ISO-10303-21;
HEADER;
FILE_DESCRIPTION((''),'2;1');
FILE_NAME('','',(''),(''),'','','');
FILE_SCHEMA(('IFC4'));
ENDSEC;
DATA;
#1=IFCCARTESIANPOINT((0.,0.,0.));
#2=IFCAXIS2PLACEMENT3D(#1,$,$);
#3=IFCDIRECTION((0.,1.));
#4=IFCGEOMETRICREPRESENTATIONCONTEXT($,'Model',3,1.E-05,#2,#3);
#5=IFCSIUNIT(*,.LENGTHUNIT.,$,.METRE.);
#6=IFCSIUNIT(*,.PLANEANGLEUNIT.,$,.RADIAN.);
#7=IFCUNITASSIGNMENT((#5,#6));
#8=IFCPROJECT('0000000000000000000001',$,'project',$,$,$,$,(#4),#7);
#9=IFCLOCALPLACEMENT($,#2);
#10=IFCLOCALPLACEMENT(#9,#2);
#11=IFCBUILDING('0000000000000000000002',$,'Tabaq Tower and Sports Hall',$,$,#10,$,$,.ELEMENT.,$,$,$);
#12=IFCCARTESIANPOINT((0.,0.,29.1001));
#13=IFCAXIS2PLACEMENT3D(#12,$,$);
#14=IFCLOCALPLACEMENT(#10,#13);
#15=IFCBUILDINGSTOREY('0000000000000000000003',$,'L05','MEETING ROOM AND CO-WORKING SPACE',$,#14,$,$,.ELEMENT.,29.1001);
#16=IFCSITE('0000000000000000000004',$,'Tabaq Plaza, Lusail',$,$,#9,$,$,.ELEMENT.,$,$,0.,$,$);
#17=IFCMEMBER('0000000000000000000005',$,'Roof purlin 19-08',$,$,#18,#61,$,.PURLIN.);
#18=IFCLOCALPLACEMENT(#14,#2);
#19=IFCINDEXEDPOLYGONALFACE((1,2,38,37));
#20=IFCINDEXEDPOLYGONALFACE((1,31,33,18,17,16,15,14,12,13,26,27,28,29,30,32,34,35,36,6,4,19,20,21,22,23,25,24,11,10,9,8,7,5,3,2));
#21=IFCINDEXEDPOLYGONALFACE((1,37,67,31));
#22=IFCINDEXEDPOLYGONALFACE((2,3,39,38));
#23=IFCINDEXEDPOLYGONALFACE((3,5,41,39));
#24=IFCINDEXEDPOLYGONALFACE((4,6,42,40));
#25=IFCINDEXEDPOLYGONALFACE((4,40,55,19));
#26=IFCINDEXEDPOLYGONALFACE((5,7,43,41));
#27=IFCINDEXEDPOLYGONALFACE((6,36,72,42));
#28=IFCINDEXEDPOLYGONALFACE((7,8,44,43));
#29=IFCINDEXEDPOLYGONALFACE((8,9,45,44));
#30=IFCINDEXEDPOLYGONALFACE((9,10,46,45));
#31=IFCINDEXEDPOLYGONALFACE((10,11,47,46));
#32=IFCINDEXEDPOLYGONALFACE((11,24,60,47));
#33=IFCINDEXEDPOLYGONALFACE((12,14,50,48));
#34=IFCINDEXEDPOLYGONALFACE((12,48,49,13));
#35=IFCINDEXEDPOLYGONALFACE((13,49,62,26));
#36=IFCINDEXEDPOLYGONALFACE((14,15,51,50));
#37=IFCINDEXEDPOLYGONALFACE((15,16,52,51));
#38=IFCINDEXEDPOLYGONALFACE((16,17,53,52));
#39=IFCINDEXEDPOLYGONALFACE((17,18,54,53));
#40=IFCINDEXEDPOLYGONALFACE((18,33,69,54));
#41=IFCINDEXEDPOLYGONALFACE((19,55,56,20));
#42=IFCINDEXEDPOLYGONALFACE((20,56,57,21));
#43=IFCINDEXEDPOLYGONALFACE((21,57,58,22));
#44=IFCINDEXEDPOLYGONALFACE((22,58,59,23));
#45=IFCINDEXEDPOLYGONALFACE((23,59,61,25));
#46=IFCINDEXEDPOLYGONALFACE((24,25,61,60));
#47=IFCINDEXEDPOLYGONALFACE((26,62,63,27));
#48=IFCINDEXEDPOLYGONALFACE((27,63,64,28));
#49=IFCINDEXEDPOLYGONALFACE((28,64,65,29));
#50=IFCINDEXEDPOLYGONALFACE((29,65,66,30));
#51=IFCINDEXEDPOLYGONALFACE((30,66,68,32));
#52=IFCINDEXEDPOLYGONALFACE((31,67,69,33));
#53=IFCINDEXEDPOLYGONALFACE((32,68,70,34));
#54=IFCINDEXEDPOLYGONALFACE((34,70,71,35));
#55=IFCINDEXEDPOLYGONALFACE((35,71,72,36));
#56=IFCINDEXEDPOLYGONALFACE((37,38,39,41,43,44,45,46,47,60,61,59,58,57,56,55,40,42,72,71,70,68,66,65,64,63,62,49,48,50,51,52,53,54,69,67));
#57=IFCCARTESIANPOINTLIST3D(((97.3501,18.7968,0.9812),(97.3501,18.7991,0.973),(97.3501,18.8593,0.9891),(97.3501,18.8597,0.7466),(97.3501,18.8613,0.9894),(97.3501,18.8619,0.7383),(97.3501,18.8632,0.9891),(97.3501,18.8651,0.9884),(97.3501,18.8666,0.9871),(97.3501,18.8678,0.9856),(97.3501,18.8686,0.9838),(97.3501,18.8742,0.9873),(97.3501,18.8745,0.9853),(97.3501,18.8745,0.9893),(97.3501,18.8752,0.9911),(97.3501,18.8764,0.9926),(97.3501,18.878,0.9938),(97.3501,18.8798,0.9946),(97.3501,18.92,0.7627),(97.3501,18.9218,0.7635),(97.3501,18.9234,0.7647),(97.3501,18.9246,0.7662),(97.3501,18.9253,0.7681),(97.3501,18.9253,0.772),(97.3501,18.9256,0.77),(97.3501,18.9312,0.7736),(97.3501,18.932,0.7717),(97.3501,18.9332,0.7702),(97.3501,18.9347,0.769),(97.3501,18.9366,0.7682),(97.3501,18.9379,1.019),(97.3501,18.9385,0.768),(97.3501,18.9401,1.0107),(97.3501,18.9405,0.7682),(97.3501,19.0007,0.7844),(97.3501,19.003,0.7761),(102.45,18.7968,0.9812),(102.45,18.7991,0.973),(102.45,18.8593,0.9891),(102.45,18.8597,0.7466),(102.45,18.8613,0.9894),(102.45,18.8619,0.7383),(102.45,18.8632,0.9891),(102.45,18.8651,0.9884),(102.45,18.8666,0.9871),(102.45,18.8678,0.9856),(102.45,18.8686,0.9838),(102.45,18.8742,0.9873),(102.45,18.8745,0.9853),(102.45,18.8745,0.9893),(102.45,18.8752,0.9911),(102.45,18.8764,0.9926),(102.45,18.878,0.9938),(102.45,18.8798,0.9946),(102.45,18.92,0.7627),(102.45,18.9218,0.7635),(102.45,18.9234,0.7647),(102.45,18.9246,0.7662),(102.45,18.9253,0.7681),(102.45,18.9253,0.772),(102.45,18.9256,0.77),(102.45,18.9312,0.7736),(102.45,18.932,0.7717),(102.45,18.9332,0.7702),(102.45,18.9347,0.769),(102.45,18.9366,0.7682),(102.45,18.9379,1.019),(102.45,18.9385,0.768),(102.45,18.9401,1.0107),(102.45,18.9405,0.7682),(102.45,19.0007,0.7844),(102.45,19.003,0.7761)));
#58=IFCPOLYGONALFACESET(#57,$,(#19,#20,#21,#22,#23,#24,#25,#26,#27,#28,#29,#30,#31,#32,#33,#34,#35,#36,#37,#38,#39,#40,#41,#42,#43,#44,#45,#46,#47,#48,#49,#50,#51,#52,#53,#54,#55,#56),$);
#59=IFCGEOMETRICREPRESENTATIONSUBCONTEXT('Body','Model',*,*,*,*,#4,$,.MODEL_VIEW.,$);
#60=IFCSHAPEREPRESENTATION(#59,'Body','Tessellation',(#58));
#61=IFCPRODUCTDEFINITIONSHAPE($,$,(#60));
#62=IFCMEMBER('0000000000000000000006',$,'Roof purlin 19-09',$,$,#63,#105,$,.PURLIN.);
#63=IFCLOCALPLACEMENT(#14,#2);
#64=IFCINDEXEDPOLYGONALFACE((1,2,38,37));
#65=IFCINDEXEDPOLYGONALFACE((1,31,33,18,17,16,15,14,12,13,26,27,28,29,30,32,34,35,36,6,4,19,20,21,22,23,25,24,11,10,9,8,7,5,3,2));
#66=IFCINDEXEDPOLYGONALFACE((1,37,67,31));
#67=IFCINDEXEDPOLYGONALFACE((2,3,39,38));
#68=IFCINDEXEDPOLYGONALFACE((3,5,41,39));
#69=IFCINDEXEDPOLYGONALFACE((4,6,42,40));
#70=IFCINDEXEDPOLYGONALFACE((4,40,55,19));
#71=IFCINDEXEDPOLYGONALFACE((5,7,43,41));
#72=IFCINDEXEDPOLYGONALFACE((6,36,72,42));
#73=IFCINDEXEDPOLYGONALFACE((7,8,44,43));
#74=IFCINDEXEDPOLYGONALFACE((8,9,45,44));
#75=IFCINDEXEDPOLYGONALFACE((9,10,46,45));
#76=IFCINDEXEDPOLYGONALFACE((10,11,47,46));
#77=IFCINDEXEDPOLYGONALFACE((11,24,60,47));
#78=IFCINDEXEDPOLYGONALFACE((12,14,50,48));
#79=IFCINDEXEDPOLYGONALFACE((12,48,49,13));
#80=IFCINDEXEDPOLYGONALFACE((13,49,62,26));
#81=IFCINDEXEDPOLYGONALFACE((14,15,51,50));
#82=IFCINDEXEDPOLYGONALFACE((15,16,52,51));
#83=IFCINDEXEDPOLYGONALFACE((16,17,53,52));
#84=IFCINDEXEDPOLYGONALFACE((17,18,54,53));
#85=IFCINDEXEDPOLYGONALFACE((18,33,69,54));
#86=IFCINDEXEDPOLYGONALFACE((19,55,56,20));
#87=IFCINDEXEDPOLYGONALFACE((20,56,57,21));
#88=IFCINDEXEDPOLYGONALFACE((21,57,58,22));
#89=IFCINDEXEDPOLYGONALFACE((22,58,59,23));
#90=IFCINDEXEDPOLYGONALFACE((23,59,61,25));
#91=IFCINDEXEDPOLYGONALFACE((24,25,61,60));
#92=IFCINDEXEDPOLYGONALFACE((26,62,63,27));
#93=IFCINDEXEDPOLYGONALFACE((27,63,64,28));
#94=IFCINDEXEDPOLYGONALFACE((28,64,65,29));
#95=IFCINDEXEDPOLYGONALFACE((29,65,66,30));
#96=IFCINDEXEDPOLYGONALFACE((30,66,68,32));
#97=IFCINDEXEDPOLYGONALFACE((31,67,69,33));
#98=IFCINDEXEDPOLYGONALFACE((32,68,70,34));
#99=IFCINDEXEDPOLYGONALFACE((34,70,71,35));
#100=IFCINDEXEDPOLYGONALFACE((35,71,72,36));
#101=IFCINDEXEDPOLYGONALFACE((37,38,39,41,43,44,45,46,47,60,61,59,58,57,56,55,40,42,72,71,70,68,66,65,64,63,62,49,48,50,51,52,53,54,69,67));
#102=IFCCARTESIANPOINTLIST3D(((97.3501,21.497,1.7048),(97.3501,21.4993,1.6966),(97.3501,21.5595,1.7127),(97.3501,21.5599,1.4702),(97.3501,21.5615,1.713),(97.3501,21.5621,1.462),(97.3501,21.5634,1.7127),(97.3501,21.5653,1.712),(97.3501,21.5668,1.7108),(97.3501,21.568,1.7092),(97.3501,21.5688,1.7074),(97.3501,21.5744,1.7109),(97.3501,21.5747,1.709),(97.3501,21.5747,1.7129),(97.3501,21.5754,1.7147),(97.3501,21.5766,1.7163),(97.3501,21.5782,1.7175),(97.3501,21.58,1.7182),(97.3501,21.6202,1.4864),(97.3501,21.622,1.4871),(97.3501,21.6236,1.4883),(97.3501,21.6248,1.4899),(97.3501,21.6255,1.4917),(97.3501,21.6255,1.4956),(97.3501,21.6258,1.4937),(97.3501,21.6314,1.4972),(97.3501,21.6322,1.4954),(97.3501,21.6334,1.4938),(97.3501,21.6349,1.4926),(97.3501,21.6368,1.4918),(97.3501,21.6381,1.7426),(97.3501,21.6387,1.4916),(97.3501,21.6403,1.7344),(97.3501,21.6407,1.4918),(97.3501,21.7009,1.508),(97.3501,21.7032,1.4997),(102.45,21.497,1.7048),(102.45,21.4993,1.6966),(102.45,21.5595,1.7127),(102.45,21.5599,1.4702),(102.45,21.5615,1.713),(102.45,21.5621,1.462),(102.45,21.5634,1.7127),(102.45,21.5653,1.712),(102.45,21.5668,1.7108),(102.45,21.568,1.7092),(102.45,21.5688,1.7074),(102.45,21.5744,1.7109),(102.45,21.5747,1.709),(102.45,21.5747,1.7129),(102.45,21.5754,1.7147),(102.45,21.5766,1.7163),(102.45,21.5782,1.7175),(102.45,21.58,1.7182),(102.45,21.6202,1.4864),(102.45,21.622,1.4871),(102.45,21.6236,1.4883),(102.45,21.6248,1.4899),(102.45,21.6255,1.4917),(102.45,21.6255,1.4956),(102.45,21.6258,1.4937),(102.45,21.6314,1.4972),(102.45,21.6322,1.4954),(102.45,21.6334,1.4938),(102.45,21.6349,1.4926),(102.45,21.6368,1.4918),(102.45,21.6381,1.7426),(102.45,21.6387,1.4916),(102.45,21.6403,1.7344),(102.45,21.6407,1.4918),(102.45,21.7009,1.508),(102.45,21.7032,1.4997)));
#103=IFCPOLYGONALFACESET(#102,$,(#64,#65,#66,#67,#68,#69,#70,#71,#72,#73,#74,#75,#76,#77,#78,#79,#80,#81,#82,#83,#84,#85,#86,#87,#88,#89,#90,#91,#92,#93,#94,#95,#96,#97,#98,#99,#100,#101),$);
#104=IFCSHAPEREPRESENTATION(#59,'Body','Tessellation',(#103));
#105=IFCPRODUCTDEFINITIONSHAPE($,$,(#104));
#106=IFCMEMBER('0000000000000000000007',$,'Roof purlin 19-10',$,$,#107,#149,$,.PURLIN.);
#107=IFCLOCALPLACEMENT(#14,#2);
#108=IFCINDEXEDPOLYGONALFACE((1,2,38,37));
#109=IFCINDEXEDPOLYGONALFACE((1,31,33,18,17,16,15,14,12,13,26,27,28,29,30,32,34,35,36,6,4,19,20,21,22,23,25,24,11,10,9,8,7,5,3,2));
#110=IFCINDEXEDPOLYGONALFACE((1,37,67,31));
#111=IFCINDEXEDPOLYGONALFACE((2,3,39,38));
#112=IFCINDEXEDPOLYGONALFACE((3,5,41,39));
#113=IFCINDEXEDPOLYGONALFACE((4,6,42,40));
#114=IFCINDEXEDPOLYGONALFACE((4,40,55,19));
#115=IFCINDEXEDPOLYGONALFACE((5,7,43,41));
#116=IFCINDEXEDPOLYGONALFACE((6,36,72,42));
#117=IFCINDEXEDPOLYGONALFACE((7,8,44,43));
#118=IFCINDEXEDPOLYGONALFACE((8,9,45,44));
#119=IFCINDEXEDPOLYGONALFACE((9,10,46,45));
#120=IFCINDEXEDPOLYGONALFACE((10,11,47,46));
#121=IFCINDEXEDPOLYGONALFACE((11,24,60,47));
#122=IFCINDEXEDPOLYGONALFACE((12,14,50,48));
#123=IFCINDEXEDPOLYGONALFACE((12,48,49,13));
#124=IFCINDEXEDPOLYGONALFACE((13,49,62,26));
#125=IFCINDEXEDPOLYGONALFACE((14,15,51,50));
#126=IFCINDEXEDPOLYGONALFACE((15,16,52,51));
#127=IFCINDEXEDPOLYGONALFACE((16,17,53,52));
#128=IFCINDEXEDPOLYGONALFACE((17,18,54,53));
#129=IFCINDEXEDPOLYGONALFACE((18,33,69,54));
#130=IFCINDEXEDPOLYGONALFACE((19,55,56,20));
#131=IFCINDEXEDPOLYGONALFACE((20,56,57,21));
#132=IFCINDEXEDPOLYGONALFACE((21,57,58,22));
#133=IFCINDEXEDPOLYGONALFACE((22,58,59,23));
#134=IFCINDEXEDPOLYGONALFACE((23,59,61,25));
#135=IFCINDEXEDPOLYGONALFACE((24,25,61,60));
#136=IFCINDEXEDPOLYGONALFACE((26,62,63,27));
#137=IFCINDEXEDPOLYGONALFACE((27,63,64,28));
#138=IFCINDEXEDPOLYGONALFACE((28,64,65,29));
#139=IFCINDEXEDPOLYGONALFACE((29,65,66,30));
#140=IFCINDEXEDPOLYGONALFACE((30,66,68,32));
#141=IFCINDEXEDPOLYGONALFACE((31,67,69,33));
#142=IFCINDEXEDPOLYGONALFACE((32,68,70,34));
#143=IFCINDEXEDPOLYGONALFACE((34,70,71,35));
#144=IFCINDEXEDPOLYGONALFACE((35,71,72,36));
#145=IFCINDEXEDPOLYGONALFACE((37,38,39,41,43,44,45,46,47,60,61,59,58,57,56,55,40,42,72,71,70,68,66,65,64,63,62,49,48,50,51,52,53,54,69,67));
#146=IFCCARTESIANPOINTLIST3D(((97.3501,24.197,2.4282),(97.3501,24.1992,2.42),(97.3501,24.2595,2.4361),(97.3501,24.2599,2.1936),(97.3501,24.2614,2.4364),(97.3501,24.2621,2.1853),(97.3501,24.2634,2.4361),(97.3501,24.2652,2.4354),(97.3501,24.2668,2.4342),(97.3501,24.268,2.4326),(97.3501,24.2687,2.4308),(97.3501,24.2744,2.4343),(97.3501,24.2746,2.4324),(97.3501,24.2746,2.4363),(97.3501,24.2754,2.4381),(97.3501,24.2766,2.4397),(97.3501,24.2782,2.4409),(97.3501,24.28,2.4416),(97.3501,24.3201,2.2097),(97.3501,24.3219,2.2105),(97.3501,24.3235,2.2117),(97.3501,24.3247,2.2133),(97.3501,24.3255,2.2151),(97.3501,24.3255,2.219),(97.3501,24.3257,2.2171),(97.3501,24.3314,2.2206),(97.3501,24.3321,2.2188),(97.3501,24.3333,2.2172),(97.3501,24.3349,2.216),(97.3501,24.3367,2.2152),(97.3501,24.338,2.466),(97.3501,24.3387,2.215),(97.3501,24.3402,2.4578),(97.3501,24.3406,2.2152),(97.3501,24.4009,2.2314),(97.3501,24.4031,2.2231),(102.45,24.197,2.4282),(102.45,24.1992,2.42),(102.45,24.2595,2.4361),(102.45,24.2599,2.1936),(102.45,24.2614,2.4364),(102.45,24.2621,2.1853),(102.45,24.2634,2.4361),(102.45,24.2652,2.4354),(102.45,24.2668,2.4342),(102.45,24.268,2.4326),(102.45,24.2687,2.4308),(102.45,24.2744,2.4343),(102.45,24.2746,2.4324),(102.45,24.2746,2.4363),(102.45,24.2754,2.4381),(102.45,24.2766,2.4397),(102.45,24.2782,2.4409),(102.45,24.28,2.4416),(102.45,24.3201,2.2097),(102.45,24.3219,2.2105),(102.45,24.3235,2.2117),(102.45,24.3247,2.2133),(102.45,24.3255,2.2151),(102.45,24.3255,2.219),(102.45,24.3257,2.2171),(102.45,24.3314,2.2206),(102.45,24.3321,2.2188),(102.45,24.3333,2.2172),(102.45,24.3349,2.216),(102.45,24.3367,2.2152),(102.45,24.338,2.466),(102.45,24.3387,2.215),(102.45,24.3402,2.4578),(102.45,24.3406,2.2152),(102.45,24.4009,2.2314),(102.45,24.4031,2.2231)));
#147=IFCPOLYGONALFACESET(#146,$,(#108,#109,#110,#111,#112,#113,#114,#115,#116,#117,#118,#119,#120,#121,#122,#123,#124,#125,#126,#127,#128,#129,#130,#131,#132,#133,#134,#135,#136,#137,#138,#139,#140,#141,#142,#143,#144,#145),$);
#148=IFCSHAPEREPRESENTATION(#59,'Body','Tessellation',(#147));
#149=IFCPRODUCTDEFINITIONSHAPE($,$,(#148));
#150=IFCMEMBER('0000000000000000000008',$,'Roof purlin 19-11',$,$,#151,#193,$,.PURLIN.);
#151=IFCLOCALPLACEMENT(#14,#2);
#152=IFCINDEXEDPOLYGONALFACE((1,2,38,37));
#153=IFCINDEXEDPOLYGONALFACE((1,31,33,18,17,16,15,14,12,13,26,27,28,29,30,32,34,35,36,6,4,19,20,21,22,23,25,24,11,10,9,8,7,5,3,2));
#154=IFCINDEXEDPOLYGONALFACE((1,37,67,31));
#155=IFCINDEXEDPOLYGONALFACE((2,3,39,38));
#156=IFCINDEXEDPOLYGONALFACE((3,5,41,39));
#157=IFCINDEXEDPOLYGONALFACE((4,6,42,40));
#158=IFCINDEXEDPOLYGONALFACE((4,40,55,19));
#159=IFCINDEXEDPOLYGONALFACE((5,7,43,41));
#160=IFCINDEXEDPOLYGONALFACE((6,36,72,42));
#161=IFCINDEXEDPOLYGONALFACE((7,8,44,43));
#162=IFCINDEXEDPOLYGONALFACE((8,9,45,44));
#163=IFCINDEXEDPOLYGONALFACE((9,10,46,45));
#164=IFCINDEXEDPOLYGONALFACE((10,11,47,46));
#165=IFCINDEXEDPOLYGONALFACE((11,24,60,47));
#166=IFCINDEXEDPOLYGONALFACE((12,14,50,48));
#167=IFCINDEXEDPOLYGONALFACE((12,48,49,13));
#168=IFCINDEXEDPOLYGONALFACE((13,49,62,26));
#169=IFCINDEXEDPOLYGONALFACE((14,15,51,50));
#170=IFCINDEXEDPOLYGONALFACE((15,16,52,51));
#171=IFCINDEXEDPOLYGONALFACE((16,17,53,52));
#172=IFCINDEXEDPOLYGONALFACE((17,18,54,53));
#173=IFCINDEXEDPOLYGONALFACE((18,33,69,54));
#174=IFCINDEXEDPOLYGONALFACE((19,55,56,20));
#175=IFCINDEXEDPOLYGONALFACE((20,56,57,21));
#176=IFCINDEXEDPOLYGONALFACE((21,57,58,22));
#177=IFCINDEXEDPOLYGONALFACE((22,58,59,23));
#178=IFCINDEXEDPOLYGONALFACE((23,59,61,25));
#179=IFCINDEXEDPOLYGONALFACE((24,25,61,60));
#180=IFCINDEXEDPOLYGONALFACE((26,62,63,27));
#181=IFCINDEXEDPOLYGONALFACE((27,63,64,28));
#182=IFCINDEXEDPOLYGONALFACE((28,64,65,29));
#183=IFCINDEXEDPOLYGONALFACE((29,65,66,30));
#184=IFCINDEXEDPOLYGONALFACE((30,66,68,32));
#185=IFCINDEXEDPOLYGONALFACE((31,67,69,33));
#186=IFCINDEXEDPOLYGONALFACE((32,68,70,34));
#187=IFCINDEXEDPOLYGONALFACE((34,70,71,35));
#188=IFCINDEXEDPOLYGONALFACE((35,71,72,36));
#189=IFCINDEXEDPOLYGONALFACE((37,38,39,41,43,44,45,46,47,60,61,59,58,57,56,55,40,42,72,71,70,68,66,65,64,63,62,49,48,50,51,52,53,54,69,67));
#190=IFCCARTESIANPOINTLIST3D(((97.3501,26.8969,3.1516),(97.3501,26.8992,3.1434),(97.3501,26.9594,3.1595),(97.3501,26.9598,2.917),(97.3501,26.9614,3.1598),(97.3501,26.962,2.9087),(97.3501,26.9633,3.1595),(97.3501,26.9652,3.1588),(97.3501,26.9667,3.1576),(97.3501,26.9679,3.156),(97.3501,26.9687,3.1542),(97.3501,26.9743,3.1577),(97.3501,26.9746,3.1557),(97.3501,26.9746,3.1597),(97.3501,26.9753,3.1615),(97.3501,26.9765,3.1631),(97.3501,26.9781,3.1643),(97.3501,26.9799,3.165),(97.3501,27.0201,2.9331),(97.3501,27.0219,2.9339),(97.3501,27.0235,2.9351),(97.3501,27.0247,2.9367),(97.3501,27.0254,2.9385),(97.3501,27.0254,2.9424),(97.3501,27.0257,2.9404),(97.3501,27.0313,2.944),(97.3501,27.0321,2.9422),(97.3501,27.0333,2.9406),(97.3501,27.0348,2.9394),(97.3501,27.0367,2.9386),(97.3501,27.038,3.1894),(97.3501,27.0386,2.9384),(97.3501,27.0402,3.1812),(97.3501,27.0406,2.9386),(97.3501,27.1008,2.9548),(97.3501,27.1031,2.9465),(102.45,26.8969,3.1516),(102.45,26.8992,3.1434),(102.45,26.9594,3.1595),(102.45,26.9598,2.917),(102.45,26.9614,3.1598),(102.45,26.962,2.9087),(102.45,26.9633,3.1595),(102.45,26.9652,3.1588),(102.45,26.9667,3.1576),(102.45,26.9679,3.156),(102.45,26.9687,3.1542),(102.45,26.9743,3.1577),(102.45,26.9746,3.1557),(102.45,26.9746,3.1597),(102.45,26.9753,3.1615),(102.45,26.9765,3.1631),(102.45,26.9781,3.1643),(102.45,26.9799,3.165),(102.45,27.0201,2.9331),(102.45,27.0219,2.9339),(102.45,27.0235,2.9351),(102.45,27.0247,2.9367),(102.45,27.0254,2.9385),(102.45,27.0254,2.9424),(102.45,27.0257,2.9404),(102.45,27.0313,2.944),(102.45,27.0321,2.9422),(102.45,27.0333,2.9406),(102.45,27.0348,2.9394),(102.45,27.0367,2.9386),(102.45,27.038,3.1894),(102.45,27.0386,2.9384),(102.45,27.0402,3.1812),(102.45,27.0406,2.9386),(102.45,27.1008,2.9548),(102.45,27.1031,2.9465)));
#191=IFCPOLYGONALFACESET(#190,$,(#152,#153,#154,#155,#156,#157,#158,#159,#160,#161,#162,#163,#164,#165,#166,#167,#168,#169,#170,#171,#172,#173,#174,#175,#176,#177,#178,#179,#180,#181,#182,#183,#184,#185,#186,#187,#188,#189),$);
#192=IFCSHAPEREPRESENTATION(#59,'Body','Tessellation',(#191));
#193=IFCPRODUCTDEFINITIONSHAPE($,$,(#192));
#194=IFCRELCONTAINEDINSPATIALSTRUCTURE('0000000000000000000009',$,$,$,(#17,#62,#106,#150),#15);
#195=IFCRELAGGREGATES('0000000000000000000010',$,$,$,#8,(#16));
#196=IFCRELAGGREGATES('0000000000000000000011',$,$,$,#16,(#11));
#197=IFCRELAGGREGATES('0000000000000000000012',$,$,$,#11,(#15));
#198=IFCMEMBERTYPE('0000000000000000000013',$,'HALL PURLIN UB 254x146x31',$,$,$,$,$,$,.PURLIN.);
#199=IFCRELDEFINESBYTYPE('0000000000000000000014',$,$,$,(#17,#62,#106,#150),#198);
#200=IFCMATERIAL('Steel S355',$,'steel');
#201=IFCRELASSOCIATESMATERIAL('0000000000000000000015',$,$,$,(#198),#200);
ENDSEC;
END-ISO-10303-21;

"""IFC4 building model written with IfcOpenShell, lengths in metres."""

from ifc_helpers import new_model, si_unit, direction, frame, origin, origin_2d, place, context, subcontext, project, spatial, i_section, extrude, material, material_profile, profile_set, type_object, element, save


model = new_model("IFC4")

# Units and contexts
model_context = context("Model", 3, precision=1e-05, world=origin(), true_north=direction((0.0, 1.0)))
body_context = subcontext(model_context, "Body", "Model", "MODEL_VIEW")
ifc_project = project(units=[si_unit("LENGTHUNIT", "METRE"), si_unit("PLANEANGLEUNIT", "RADIAN")], contexts=[model_context])

# Site, building, storey
site_placement = place(None, origin())
site = spatial("IfcSite", under=ifc_project, at=site_placement, Name="Tabaq Plaza, Lusail", CompositionType="ELEMENT", RefElevation=0.0)
building_placement = place(site_placement, origin())
building = spatial("IfcBuilding", under=site, at=building_placement, Name="Tabaq Tower and Sports Hall", CompositionType="ELEMENT")
storey_placement = place(building_placement, frame((0.0, 0.0, 29.1001)))
storey = spatial("IfcBuildingStorey", under=building, at=storey_placement, Name="L05", Description="MEETING ROOM AND CO-WORKING SPACE", CompositionType="ELEMENT", Elevation=29.1001)

# Members
ifc_material_1 = material(Name="Steel S355", Category="steel")
ifc_material_profile_1 = material_profile(ifc_material_1, i_section(OverallWidth=0.146, OverallDepth=0.2515, WebThickness=0.0061, FlangeThickness=0.0085, FilletRadius=0.0076, at=origin_2d()), Name="UB 254x146x31")
ifc_profile_set_1 = profile_set([ifc_material_profile_1], Name="Steel S355")
member_type_1 = type_object("IfcMemberType", Name="HALL PURLIN UB 254x146x31", PredefinedType="PURLIN", material=ifc_profile_set_1)
for number, where, z_axis, x_axis, name in (
    (1, (97.3501, 18.8999, 0.8787), (1.0, 0.0, 0.0), (0.0, 0.965926, 0.258819), "Roof purlin 19-08"),
    (2, (97.3501, 21.6001, 1.6023), (1.0, 0.0, 0.0), (0.0, 0.965926, 0.258819), "Roof purlin 19-09"),
    (3, (97.3501, 24.3, 2.3257), (1.0, 0.0, 0.0), (0.0, 0.965926, 0.258819), "Roof purlin 19-10"),
    (4, (97.3501, 27.0, 3.0491), (1.0, 0.0, 0.0), (0.0, 0.965926, 0.258819), "Roof purlin 19-11"),
):
    element("IfcMember", number, at=place(storey_placement, frame(where, z_axis=z_axis, x_axis=x_axis)), inside=storey, type_object=member_type_1, Name=name, PredefinedType="PURLIN", context=body_context, shape_type="SweptSolid", body=[
        extrude(i_section(OverallWidth=0.146, OverallDepth=0.2515, WebThickness=0.0061, FlangeThickness=0.0085, FilletRadius=0.0076, at=origin_2d()), origin(), (0.0, 0.0, 1.0), 5.0999),
    ])

save(model, "model.ifc")
